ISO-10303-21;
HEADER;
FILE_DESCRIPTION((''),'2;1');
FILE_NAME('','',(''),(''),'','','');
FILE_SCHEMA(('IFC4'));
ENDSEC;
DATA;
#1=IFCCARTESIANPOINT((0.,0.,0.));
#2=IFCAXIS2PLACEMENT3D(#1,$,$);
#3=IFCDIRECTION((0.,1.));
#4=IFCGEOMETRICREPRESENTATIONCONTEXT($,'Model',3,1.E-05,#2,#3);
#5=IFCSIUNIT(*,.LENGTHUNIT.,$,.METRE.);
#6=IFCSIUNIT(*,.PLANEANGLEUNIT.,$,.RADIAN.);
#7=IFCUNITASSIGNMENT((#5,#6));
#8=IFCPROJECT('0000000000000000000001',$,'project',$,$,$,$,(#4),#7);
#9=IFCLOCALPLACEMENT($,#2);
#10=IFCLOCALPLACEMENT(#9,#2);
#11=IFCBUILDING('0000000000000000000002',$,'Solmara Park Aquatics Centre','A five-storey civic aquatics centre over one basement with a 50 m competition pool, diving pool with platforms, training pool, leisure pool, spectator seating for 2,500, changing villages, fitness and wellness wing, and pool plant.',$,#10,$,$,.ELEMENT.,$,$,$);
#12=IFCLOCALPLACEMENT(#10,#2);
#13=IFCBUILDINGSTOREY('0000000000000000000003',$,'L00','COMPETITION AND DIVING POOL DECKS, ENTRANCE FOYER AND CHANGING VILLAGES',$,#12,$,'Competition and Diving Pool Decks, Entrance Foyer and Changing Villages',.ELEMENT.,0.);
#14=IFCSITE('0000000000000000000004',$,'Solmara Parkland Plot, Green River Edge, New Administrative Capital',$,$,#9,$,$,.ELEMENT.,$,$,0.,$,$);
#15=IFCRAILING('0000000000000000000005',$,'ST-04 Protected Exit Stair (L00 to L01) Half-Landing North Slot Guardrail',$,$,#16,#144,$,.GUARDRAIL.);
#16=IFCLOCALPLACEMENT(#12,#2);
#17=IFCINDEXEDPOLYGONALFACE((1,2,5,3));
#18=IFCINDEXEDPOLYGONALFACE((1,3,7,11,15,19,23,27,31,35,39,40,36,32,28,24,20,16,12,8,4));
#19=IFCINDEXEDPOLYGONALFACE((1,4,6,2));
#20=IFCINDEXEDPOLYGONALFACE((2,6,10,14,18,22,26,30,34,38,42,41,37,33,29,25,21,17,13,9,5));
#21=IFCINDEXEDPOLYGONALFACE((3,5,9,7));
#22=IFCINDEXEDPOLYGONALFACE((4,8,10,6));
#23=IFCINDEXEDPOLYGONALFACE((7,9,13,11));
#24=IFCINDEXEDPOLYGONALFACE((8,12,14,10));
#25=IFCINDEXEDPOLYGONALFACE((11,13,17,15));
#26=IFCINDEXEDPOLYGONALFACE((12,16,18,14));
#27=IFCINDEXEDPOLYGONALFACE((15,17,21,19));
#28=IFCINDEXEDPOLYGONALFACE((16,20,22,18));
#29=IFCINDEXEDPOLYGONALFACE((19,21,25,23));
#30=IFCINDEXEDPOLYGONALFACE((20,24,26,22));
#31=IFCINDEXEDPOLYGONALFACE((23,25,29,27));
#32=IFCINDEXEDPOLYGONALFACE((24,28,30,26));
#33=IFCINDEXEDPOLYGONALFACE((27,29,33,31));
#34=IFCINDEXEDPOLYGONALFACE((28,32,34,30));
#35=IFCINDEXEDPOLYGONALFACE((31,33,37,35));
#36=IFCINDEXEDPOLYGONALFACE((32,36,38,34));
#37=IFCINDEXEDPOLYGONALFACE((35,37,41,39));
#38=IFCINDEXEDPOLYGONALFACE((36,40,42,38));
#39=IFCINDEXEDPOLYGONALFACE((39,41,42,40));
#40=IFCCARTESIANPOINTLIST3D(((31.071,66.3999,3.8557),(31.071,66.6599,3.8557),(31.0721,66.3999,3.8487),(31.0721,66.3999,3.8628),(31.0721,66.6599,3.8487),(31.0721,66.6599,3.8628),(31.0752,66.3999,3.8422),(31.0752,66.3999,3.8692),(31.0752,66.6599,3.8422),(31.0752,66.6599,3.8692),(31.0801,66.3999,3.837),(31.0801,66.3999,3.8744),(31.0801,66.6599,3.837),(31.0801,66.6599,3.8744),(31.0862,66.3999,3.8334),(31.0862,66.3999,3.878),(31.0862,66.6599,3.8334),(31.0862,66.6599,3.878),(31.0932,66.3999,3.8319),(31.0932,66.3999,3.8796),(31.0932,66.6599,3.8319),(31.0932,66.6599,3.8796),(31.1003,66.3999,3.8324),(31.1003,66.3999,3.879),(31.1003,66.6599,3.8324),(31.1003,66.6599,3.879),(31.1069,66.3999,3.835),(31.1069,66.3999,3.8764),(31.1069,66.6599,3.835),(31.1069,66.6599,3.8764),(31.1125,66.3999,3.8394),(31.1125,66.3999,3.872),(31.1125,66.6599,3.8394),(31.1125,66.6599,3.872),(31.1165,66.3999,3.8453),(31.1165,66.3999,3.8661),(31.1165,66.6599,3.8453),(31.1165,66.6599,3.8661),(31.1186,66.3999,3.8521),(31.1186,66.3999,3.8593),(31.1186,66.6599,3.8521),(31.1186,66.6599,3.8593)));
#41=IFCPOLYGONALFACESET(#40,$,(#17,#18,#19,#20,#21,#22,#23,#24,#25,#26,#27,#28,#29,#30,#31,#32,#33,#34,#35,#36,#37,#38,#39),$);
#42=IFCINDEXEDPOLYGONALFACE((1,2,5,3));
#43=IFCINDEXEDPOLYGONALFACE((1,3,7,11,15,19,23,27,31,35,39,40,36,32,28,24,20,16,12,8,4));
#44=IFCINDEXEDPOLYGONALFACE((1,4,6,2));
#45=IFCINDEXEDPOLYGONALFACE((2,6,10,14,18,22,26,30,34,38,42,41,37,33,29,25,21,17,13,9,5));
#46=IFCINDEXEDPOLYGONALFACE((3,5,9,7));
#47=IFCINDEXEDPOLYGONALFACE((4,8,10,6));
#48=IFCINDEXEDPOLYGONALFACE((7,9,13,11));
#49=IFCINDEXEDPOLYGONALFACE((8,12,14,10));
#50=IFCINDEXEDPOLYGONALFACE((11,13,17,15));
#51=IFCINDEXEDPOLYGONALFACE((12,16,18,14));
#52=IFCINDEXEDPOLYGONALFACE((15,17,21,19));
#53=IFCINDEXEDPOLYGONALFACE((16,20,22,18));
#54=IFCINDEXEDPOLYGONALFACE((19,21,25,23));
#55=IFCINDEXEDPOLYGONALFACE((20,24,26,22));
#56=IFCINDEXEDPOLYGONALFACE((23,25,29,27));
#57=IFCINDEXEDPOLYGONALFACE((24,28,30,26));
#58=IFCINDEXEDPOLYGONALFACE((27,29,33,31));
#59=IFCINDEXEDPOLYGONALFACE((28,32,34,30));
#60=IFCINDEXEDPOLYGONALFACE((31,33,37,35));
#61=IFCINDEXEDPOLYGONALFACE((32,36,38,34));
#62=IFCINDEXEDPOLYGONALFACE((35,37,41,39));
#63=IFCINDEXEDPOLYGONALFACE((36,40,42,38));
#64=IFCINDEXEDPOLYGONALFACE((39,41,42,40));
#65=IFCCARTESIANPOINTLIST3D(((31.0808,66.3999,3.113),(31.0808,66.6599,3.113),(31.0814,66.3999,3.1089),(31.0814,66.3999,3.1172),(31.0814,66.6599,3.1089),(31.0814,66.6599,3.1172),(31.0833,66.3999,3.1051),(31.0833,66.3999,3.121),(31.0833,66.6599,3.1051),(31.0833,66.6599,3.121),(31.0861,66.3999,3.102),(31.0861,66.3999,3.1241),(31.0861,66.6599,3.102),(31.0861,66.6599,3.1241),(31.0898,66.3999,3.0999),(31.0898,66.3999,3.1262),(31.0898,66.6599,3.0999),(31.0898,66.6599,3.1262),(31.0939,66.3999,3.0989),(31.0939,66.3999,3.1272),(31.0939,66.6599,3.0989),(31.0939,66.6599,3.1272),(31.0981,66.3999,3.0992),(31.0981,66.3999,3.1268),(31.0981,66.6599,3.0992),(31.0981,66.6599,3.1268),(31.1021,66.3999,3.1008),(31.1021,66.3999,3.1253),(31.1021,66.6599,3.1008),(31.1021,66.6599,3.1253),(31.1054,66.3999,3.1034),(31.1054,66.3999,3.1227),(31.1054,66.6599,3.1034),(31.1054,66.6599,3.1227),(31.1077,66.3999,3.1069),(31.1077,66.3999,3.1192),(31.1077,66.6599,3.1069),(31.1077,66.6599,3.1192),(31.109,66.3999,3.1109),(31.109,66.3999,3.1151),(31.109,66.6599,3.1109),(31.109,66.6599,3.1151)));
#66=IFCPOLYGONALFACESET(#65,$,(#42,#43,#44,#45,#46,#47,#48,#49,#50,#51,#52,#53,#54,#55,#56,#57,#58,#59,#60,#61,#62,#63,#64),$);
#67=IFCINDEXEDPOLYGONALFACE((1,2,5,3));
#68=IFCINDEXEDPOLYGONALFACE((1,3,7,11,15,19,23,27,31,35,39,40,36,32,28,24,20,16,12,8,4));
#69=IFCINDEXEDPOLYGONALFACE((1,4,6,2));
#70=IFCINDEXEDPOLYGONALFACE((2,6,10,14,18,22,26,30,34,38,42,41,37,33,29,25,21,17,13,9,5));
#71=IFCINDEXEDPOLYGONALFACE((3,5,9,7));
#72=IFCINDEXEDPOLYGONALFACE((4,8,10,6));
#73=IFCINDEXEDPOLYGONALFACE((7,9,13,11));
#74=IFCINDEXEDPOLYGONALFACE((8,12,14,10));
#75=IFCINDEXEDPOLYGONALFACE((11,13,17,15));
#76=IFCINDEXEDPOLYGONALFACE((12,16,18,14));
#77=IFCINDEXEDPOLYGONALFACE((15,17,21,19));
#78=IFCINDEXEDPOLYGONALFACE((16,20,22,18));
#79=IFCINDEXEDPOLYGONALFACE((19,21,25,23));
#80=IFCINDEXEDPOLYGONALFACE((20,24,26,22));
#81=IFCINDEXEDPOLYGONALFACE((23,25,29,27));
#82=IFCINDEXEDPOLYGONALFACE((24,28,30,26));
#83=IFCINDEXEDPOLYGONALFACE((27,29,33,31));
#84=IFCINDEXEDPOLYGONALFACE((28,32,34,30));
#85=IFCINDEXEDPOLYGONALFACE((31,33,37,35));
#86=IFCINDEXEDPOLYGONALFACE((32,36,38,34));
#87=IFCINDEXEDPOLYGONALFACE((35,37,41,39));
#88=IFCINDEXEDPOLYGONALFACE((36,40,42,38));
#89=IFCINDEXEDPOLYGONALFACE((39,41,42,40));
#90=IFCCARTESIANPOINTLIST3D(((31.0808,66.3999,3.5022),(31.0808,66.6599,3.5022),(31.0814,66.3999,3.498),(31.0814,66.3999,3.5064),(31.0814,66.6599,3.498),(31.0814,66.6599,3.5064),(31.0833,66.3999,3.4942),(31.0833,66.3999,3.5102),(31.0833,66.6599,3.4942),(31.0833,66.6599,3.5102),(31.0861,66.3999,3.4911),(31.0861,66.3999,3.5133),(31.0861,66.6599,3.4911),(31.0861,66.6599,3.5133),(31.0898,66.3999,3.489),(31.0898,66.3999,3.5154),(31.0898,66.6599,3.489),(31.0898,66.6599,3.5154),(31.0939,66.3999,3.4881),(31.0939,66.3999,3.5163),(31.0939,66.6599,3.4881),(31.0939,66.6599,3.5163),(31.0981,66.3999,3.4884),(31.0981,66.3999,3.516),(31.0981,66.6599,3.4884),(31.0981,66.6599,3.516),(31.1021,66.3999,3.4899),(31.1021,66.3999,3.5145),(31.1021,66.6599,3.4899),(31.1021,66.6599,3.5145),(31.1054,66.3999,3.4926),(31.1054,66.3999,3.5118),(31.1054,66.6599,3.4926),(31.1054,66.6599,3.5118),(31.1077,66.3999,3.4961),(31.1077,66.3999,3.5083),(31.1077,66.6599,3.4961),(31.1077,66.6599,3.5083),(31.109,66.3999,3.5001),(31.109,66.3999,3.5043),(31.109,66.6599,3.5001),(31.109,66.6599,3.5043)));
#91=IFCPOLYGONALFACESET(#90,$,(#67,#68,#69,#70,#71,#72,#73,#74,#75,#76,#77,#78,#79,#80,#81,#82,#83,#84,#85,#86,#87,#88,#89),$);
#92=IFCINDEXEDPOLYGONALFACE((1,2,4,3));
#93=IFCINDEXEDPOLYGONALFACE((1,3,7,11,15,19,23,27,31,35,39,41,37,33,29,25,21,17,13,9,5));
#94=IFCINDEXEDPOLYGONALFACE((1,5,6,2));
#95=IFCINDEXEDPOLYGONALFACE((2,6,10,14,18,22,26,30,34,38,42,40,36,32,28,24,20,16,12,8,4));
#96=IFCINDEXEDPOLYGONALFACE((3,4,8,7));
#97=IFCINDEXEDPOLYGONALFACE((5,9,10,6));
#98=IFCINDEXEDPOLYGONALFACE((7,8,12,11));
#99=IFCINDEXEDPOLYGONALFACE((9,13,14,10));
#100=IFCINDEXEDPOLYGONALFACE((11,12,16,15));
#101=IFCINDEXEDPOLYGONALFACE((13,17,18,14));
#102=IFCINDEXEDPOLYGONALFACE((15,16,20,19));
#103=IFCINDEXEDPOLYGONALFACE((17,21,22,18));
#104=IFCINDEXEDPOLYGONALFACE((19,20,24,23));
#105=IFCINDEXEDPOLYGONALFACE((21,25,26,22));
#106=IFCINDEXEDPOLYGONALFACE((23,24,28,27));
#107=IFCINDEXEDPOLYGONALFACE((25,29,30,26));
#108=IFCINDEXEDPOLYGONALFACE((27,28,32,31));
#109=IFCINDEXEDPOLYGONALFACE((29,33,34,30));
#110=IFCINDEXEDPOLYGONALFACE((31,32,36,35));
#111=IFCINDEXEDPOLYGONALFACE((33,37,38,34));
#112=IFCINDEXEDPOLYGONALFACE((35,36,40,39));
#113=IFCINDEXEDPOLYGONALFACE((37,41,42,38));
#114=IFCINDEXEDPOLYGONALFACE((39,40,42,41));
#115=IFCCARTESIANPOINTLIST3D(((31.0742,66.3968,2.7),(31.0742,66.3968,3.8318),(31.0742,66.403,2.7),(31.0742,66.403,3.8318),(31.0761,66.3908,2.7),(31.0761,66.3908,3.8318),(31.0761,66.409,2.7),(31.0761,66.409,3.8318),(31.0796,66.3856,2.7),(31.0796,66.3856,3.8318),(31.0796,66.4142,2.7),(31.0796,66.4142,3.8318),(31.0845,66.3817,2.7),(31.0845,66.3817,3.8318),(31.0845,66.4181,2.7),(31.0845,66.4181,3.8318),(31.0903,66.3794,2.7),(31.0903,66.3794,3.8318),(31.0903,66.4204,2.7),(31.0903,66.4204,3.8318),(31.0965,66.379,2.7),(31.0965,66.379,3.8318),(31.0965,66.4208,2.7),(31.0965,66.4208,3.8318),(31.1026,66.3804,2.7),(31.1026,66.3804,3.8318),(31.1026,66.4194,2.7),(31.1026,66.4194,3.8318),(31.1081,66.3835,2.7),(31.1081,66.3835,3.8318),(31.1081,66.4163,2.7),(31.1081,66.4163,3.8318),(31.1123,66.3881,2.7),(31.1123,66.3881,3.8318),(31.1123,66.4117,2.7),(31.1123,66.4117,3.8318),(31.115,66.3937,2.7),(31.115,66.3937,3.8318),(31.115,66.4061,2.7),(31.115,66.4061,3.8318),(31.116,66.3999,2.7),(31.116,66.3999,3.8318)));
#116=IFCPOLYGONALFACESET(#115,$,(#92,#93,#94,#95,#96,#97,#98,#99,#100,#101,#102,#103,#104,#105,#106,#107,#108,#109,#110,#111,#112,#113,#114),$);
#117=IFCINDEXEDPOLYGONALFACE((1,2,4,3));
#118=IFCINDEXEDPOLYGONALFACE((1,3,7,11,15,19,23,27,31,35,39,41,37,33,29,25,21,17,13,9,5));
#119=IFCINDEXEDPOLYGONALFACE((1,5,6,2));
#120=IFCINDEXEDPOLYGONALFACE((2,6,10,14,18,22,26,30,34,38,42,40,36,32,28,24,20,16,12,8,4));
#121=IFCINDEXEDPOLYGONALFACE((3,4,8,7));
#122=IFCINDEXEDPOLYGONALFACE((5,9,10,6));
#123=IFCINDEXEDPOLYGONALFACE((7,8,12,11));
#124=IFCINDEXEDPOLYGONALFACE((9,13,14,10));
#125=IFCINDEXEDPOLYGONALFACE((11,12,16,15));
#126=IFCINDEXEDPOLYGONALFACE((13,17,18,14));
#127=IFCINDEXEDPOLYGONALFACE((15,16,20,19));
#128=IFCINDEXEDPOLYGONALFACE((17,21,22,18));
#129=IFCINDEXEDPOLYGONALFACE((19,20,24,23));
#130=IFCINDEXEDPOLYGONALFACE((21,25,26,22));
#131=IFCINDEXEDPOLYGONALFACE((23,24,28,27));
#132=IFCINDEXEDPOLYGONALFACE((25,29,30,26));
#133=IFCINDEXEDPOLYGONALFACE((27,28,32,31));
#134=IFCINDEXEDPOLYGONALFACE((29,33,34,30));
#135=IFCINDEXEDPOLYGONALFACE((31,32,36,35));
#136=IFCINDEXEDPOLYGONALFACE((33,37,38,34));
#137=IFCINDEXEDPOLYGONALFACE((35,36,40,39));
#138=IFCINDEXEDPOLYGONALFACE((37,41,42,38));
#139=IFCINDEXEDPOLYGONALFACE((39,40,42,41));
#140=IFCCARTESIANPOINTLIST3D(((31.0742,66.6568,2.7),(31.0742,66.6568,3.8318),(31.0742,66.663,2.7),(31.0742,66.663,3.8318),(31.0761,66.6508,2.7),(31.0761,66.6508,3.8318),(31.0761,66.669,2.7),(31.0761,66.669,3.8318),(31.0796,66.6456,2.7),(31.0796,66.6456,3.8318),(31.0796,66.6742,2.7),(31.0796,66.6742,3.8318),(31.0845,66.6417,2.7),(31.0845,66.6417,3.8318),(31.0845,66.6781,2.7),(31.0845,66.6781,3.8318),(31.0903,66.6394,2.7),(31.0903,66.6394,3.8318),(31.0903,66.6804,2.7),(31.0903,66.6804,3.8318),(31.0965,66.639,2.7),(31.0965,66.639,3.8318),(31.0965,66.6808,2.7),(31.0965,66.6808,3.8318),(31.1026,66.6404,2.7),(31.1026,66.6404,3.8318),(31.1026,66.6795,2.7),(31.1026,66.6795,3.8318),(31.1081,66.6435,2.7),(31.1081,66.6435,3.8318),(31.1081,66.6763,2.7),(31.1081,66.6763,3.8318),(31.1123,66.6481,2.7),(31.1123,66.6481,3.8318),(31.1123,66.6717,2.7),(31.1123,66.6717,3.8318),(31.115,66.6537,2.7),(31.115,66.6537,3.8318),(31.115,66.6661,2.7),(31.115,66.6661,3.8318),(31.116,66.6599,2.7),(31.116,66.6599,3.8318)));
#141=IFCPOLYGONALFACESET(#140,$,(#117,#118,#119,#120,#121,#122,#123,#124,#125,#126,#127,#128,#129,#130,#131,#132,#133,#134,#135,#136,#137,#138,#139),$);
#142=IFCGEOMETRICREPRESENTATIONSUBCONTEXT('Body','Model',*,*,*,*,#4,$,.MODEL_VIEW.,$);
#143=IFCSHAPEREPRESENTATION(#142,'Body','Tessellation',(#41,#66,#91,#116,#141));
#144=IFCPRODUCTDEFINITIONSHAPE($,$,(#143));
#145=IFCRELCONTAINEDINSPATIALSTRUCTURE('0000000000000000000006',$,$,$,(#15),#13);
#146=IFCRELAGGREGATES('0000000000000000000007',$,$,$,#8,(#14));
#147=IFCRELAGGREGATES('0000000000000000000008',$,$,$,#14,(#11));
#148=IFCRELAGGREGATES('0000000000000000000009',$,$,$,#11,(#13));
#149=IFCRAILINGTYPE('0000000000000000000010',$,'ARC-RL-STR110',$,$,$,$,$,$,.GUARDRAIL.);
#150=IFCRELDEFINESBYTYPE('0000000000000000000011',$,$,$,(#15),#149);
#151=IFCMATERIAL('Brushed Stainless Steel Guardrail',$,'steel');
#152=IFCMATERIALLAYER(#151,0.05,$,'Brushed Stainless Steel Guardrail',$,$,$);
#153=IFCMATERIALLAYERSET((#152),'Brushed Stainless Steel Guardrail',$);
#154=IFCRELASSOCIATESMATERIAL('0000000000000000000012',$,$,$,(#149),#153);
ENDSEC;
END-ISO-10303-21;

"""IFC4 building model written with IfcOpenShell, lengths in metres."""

from ifc_helpers import new_model, si_unit, direction, frame, origin, origin_2d, place, context, subcontext, project, spatial, circle, extrude, material, layer, layer_set, type_object, element, save


model = new_model("IFC4")

# Units and contexts
model_context = context("Model", 3, precision=1e-05, world=origin(), true_north=direction((0.0, 1.0)))
body_context = subcontext(model_context, "Body", "Model", "MODEL_VIEW")
ifc_project = project(units=[si_unit("LENGTHUNIT", "METRE"), si_unit("PLANEANGLEUNIT", "RADIAN")], contexts=[model_context])

# Site, building, storey
site_placement = place(None, origin())
site = spatial("IfcSite", under=ifc_project, at=site_placement, Name="Solmara Parkland Plot, Green River Edge, New Administrative Capital", CompositionType="ELEMENT", RefElevation=0.0)
building_placement = place(site_placement, origin())
building = spatial("IfcBuilding", under=site, at=building_placement, Name="Solmara Park Aquatics Centre", Description="A five-storey civic aquatics centre over one basement with a 50 m competition pool, diving pool with platforms, training pool, leisure pool, spectator seating for 2,500, changing villages, fitness and wellness wing, and pool plant.", CompositionType="ELEMENT")
storey_placement = place(building_placement, origin())
storey = spatial("IfcBuildingStorey", under=building, at=storey_placement, Name="L00", Description="COMPETITION AND DIVING POOL DECKS, ENTRANCE FOYER AND CHANGING VILLAGES", LongName="Competition and Diving Pool Decks, Entrance Foyer and Changing Villages", CompositionType="ELEMENT", Elevation=0.0)

# Railing
ifc_material_1 = material(Name="Brushed Stainless Steel Guardrail", Category="steel")
ifc_layer_1 = layer(ifc_material_1, 0.05, Name="Brushed Stainless Steel Guardrail")
ifc_layer_set_1 = layer_set([ifc_layer_1], Name="Brushed Stainless Steel Guardrail")
railing_type_1 = type_object("IfcRailingType", Name="ARC-RL-STR110", PredefinedType="GUARDRAIL", material=ifc_layer_set_1)
railing_1_placement = place(storey_placement, frame((31.095, 66.3999, 2.7)))
element("IfcRailing", 1, at=railing_1_placement, inside=storey, type_object=railing_type_1, Name="ST-04 Protected Exit Stair (L00 to L01) Half-Landing North Slot Guardrail", PredefinedType="GUARDRAIL", context=body_context, shape_type="SweptSolid", body=[
    extrude(circle(Radius=0.0239, at=origin_2d()), frame((0.0, 0.0, 1.1558), z_axis=(0.0, 1.0, 0.0), x_axis=(-1.0, 0.0, 0.0)), (0.0, 0.0, 1.0), 0.26),
    extrude(circle(Radius=0.0142, at=origin_2d()), frame((0.0, 0.0, 0.4131), z_axis=(0.0, 1.0, 0.0), x_axis=(-1.0, 0.0, 0.0)), (0.0, 0.0, 1.0), 0.26),
    extrude(circle(Radius=0.0142, at=origin_2d()), frame((0.0, 0.0, 0.8022), z_axis=(0.0, 1.0, 0.0), x_axis=(-1.0, 0.0, 0.0)), (0.0, 0.0, 1.0), 0.26),
    extrude(circle(Radius=0.021, at=origin_2d()), origin(), (0.0, 0.0, 1.0), 1.1318),
    extrude(circle(Radius=0.021, at=origin_2d()), frame((0.0, 0.26, 0.0)), (0.0, 0.0, 1.0), 1.1318),
])

save(model, "model.ifc")
